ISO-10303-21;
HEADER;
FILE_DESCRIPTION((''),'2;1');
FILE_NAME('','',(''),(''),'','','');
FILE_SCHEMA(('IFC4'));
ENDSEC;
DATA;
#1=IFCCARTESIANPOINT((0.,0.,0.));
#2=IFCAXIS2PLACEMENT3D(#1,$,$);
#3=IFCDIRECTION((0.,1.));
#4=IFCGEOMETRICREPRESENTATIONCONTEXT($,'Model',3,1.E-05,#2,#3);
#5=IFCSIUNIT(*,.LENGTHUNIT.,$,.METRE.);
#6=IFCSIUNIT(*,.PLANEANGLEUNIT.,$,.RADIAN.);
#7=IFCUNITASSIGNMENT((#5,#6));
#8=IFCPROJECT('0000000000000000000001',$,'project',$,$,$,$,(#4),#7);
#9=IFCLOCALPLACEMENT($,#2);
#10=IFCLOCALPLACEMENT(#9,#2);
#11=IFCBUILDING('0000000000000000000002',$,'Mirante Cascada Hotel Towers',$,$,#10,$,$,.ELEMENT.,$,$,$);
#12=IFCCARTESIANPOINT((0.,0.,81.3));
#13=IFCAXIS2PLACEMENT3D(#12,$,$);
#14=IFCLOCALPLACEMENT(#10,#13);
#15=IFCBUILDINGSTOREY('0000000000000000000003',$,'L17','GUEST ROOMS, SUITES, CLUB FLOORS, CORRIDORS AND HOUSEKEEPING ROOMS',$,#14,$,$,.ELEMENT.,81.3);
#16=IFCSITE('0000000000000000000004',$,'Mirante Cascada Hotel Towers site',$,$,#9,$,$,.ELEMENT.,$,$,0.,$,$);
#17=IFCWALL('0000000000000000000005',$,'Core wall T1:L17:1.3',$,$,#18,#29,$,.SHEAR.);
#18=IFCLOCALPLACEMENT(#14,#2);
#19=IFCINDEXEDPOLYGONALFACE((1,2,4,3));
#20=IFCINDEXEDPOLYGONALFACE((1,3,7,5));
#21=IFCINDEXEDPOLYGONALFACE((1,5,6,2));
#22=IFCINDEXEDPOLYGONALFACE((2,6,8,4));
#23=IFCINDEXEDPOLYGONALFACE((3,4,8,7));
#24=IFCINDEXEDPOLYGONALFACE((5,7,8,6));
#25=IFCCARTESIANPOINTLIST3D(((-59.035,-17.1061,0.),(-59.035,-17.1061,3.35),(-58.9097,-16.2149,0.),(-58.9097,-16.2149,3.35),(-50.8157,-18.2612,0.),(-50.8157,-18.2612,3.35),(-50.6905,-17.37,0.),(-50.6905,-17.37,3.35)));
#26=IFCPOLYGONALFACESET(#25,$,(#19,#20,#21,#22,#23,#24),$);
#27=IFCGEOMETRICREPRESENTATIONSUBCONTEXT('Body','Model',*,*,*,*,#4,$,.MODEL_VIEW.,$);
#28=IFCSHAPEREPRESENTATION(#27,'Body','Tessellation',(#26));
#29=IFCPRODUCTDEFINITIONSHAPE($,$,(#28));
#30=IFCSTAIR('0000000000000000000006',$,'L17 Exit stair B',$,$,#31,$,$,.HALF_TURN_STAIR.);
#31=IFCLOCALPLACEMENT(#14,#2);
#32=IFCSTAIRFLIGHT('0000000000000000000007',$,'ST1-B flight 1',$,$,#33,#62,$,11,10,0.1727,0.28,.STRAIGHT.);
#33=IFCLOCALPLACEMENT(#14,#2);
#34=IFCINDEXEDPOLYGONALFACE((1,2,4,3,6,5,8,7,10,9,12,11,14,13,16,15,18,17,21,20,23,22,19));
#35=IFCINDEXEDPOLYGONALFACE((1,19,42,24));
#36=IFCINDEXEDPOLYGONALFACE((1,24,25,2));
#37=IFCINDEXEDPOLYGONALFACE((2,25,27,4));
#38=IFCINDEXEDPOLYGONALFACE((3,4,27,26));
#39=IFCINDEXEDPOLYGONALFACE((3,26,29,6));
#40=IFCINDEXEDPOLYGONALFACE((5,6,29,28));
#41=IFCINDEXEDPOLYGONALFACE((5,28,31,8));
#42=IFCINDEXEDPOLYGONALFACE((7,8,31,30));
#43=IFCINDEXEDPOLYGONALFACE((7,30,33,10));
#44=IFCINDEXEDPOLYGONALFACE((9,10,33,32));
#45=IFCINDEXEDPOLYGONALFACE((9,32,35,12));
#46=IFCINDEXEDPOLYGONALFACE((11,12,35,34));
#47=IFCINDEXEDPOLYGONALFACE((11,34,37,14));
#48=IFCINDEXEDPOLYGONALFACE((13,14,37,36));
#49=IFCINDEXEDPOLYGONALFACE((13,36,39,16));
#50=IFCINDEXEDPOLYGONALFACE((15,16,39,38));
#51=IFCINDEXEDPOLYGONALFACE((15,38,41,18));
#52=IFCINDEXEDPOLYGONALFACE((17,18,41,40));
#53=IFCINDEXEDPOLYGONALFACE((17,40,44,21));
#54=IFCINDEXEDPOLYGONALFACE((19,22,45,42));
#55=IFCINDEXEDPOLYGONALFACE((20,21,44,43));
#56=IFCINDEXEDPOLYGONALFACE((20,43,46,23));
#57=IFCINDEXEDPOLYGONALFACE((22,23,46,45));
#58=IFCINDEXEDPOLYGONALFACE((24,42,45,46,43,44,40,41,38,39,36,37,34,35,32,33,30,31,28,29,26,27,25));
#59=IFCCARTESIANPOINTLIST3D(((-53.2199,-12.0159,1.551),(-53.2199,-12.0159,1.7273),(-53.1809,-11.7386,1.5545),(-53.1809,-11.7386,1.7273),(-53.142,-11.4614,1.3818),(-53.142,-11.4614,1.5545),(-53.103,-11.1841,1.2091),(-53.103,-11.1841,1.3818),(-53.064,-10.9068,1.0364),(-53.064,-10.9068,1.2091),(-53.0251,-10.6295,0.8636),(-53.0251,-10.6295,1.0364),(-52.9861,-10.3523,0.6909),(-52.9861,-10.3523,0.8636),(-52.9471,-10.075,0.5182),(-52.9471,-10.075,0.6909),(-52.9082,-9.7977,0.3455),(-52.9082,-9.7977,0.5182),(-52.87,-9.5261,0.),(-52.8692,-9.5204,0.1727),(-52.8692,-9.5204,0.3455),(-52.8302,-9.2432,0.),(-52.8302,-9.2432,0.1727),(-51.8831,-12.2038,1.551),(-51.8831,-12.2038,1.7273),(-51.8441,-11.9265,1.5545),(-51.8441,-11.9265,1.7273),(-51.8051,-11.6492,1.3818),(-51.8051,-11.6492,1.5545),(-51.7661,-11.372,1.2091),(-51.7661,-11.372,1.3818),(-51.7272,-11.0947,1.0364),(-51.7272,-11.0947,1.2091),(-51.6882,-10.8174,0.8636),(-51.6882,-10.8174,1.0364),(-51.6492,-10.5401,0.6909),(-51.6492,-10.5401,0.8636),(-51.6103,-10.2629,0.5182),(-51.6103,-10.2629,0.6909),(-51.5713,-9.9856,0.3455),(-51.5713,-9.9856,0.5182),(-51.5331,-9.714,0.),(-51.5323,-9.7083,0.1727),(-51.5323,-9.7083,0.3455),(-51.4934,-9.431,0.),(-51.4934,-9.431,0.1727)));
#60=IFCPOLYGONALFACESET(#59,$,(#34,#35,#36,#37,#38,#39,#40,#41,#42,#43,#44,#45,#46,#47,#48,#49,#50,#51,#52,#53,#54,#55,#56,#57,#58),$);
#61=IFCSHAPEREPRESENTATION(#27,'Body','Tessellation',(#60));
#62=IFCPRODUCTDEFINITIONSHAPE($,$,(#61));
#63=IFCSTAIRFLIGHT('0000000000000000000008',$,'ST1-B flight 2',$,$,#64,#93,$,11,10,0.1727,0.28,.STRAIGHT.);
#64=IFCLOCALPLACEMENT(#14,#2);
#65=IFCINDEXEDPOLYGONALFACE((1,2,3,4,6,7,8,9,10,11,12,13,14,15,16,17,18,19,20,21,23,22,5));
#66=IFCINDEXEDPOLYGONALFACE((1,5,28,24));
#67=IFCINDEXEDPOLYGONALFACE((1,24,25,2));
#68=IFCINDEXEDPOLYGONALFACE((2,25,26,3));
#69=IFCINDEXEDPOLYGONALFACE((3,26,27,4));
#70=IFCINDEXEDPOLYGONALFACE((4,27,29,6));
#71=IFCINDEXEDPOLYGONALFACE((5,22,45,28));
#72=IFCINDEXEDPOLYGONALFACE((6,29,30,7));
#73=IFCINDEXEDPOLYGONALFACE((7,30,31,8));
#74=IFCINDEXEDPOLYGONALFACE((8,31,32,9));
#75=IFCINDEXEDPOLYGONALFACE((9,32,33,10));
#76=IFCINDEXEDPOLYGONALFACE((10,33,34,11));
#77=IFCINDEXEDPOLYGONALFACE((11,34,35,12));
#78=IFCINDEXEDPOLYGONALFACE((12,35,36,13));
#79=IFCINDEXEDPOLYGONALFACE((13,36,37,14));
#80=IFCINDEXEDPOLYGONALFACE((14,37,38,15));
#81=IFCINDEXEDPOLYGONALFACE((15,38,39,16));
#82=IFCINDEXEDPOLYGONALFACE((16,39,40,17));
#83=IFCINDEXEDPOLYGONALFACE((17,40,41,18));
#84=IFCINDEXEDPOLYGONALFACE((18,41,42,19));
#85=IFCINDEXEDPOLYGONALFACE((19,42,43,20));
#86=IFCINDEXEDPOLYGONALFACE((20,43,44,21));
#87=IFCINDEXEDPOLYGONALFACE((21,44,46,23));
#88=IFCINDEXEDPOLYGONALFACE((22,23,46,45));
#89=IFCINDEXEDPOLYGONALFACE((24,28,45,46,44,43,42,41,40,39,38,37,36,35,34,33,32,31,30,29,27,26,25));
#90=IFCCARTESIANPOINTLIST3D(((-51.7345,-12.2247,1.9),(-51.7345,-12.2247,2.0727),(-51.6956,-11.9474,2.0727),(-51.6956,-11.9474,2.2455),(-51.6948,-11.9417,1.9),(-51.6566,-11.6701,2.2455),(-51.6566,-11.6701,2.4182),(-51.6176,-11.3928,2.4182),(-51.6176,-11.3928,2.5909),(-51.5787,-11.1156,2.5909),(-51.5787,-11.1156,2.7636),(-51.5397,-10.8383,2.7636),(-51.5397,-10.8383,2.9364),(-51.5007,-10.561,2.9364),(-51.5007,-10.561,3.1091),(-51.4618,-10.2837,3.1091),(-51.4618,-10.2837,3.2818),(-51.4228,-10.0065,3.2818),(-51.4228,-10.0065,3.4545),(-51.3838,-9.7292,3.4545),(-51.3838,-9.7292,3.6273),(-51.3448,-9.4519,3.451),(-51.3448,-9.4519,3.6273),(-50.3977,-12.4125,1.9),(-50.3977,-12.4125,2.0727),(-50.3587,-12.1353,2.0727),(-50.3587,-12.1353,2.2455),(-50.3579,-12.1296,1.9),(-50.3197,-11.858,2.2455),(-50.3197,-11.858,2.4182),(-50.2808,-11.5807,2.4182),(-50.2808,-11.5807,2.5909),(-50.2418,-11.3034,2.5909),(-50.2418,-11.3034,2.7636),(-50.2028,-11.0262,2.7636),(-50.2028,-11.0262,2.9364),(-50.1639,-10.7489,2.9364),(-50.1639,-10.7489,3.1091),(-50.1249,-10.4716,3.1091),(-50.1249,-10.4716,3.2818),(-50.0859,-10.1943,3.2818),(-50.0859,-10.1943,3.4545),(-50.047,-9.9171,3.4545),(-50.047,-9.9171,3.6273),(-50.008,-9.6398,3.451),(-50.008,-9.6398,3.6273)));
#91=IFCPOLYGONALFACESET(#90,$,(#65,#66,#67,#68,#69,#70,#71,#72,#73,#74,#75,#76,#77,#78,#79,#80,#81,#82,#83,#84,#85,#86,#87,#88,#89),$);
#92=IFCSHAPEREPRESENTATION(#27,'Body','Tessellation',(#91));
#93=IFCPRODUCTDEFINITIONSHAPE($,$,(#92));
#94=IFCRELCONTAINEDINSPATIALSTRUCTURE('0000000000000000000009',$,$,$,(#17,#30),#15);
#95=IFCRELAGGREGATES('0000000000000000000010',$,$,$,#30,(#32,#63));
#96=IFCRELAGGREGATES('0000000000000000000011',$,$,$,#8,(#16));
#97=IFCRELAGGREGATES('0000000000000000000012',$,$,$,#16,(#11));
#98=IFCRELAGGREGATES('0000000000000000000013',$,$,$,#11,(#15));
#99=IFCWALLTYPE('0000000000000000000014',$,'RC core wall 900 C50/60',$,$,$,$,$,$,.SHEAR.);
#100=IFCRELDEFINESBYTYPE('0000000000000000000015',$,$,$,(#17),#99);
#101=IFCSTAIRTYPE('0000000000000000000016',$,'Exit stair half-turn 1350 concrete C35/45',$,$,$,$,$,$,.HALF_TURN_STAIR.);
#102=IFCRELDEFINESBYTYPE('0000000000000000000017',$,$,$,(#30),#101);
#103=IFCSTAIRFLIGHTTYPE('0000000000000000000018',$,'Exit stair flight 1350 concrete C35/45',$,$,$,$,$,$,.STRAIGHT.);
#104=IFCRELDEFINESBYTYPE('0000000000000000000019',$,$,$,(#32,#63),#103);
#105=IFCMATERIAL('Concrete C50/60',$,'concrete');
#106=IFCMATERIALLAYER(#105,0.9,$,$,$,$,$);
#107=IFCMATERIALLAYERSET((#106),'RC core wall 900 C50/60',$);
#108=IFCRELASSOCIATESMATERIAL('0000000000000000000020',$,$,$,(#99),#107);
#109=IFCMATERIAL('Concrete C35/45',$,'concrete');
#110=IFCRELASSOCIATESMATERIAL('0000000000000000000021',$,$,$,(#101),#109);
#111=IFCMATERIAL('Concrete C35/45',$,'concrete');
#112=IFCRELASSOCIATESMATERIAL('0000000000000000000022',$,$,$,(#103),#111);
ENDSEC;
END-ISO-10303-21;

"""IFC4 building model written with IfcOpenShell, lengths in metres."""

from ifc_helpers import new_model, si_unit, direction, frame, frame_2d, origin, place, context, subcontext, project, spatial, polyline, rectangle, outline, extrude, material, layer, layer_set, type_object, element, aggregate, save


model = new_model("IFC4")

# Units and contexts
model_context = context("Model", 3, precision=1e-05, world=origin(), true_north=direction((0.0, 1.0)))
body_context = subcontext(model_context, "Body", "Model", "MODEL_VIEW")
ifc_project = project(units=[si_unit("LENGTHUNIT", "METRE"), si_unit("PLANEANGLEUNIT", "RADIAN")], contexts=[model_context])

# Site, building, storey
site_placement = place(None, origin())
site = spatial("IfcSite", under=ifc_project, at=site_placement, Name="Mirante Cascada Hotel Towers site", CompositionType="ELEMENT", RefElevation=0.0)
building_placement = place(site_placement, origin())
building = spatial("IfcBuilding", under=site, at=building_placement, Name="Mirante Cascada Hotel Towers", CompositionType="ELEMENT")
storey_placement = place(building_placement, frame((0.0, 0.0, 81.3)))
storey = spatial("IfcBuildingStorey", under=building, at=storey_placement, Name="L17", Description="GUEST ROOMS, SUITES, CLUB FLOORS, CORRIDORS AND HOUSEKEEPING ROOMS", CompositionType="ELEMENT", Elevation=81.3)

# Wall
ifc_material_1 = material(Name="Concrete C50/60", Category="concrete")
ifc_layer_1 = layer(ifc_material_1, 0.9)
ifc_layer_set_1 = layer_set([ifc_layer_1], Name="RC core wall 900 C50/60")
wall_type_1 = type_object("IfcWallType", Name="RC core wall 900 C50/60", PredefinedType="SHEAR", material=ifc_layer_set_1)
wall_1_placement = place(storey_placement, frame((-50.7531, -17.8156, 0.0), z_axis=(0.0, 0.0, 1.0), x_axis=(-0.990269, 0.139169, 0.0)))
element("IfcWall", 1, at=wall_1_placement, inside=storey, type_object=wall_type_1, Name="Core wall T1:L17:1.3", PredefinedType="SHEAR", context=body_context, shape_type="SweptSolid", body=[
    extrude(rectangle(XDim=8.3, YDim=0.9, at=frame_2d((4.15, 0.0))), origin(), (0.0, 0.0, 1.0), 3.35),
])

# Stair, stair flights
ifc_material_2 = material(Name="Concrete C35/45", Category="concrete")
stair_type = type_object("IfcStairType", Name="Exit stair half-turn 1350 concrete C35/45", PredefinedType="HALF_TURN_STAIR", material=ifc_material_2)
stair_placement = place(storey_placement, origin())
stair = element("IfcStair", 2, at=stair_placement, inside=storey, type_object=stair_type, Name="L17 Exit stair B", PredefinedType="HALF_TURN_STAIR")
ifc_material_3 = material(Name="Concrete C35/45", Category="concrete")
stair_flight_type = type_object("IfcStairFlightType", Name="Exit stair flight 1350 concrete C35/45", PredefinedType="STRAIGHT", material=ifc_material_3)
stair_flight_1_placement = place(storey_placement, frame((-52.1618, -9.3371, 0.0), z_axis=(0.0, 0.0, 1.0), x_axis=(-0.139173, -0.990268, 0.0)))
stair_flight_1 = element("IfcStairFlight", 3, at=stair_flight_1_placement, type_object=stair_flight_type, Name="ST1-B flight 1", NumberOfRisers=11, NumberOfTreads=10, PredefinedType="STRAIGHT", RiserHeight=0.1727, TreadLength=0.28, context=body_context, shape_type="SweptSolid", body=[
    extrude(outline(polyline([(0.0, 0.0), (0.0, 0.1727), (0.28, 0.1727), (0.28, 0.3455), (0.56, 0.3455), (0.56, 0.5182), (0.84, 0.5182), (0.84, 0.6909), (1.12, 0.6909), (1.12, 0.8636), (1.4, 0.8636), (1.4, 1.0364), (1.68, 1.0364), (1.68, 1.2091), (1.96, 1.2091), (1.96, 1.3818), (2.24, 1.3818), (2.24, 1.5545), (2.52, 1.5545), (2.52, 1.7273), (2.8, 1.7273), (2.8, 1.9), (2.8, 1.551), (0.2857, 0.0), (0.0, 0.0)])), frame((0.0, 0.675, 0.0), z_axis=(0.0, -1.0, 0.0), x_axis=(1.0, 0.0, 0.0)), (0.0, 0.0, 1.0), 1.35),
])
stair_flight_2_placement = place(storey_placement, frame((-51.0661, -12.3186, 1.9), z_axis=(0.0, 0.0, 1.0), x_axis=(0.139173, 0.990268, 0.0)))
stair_flight_2 = element("IfcStairFlight", 4, at=stair_flight_2_placement, type_object=stair_flight_type, Name="ST1-B flight 2", NumberOfRisers=11, NumberOfTreads=10, PredefinedType="STRAIGHT", RiserHeight=0.1727, TreadLength=0.28, context=body_context, shape_type="SweptSolid", body=[
    extrude(outline(polyline([(0.0, 0.0), (0.0, 0.1727), (0.28, 0.1727), (0.28, 0.3455), (0.56, 0.3455), (0.56, 0.5182), (0.84, 0.5182), (0.84, 0.6909), (1.12, 0.6909), (1.12, 0.8636), (1.4, 0.8636), (1.4, 1.0364), (1.68, 1.0364), (1.68, 1.2091), (1.96, 1.2091), (1.96, 1.3818), (2.24, 1.3818), (2.24, 1.5545), (2.52, 1.5545), (2.52, 1.7273), (2.8, 1.7273), (2.8, 1.9), (2.8, 1.551), (0.2857, 0.0), (0.0, 0.0)])), frame((0.0, 0.675, 0.0), z_axis=(0.0, -1.0, 0.0), x_axis=(1.0, 0.0, 0.0)), (0.0, 0.0, 1.0), 1.35),
])
aggregate(stair, [stair_flight_1, stair_flight_2])

save(model, "model.ifc")
